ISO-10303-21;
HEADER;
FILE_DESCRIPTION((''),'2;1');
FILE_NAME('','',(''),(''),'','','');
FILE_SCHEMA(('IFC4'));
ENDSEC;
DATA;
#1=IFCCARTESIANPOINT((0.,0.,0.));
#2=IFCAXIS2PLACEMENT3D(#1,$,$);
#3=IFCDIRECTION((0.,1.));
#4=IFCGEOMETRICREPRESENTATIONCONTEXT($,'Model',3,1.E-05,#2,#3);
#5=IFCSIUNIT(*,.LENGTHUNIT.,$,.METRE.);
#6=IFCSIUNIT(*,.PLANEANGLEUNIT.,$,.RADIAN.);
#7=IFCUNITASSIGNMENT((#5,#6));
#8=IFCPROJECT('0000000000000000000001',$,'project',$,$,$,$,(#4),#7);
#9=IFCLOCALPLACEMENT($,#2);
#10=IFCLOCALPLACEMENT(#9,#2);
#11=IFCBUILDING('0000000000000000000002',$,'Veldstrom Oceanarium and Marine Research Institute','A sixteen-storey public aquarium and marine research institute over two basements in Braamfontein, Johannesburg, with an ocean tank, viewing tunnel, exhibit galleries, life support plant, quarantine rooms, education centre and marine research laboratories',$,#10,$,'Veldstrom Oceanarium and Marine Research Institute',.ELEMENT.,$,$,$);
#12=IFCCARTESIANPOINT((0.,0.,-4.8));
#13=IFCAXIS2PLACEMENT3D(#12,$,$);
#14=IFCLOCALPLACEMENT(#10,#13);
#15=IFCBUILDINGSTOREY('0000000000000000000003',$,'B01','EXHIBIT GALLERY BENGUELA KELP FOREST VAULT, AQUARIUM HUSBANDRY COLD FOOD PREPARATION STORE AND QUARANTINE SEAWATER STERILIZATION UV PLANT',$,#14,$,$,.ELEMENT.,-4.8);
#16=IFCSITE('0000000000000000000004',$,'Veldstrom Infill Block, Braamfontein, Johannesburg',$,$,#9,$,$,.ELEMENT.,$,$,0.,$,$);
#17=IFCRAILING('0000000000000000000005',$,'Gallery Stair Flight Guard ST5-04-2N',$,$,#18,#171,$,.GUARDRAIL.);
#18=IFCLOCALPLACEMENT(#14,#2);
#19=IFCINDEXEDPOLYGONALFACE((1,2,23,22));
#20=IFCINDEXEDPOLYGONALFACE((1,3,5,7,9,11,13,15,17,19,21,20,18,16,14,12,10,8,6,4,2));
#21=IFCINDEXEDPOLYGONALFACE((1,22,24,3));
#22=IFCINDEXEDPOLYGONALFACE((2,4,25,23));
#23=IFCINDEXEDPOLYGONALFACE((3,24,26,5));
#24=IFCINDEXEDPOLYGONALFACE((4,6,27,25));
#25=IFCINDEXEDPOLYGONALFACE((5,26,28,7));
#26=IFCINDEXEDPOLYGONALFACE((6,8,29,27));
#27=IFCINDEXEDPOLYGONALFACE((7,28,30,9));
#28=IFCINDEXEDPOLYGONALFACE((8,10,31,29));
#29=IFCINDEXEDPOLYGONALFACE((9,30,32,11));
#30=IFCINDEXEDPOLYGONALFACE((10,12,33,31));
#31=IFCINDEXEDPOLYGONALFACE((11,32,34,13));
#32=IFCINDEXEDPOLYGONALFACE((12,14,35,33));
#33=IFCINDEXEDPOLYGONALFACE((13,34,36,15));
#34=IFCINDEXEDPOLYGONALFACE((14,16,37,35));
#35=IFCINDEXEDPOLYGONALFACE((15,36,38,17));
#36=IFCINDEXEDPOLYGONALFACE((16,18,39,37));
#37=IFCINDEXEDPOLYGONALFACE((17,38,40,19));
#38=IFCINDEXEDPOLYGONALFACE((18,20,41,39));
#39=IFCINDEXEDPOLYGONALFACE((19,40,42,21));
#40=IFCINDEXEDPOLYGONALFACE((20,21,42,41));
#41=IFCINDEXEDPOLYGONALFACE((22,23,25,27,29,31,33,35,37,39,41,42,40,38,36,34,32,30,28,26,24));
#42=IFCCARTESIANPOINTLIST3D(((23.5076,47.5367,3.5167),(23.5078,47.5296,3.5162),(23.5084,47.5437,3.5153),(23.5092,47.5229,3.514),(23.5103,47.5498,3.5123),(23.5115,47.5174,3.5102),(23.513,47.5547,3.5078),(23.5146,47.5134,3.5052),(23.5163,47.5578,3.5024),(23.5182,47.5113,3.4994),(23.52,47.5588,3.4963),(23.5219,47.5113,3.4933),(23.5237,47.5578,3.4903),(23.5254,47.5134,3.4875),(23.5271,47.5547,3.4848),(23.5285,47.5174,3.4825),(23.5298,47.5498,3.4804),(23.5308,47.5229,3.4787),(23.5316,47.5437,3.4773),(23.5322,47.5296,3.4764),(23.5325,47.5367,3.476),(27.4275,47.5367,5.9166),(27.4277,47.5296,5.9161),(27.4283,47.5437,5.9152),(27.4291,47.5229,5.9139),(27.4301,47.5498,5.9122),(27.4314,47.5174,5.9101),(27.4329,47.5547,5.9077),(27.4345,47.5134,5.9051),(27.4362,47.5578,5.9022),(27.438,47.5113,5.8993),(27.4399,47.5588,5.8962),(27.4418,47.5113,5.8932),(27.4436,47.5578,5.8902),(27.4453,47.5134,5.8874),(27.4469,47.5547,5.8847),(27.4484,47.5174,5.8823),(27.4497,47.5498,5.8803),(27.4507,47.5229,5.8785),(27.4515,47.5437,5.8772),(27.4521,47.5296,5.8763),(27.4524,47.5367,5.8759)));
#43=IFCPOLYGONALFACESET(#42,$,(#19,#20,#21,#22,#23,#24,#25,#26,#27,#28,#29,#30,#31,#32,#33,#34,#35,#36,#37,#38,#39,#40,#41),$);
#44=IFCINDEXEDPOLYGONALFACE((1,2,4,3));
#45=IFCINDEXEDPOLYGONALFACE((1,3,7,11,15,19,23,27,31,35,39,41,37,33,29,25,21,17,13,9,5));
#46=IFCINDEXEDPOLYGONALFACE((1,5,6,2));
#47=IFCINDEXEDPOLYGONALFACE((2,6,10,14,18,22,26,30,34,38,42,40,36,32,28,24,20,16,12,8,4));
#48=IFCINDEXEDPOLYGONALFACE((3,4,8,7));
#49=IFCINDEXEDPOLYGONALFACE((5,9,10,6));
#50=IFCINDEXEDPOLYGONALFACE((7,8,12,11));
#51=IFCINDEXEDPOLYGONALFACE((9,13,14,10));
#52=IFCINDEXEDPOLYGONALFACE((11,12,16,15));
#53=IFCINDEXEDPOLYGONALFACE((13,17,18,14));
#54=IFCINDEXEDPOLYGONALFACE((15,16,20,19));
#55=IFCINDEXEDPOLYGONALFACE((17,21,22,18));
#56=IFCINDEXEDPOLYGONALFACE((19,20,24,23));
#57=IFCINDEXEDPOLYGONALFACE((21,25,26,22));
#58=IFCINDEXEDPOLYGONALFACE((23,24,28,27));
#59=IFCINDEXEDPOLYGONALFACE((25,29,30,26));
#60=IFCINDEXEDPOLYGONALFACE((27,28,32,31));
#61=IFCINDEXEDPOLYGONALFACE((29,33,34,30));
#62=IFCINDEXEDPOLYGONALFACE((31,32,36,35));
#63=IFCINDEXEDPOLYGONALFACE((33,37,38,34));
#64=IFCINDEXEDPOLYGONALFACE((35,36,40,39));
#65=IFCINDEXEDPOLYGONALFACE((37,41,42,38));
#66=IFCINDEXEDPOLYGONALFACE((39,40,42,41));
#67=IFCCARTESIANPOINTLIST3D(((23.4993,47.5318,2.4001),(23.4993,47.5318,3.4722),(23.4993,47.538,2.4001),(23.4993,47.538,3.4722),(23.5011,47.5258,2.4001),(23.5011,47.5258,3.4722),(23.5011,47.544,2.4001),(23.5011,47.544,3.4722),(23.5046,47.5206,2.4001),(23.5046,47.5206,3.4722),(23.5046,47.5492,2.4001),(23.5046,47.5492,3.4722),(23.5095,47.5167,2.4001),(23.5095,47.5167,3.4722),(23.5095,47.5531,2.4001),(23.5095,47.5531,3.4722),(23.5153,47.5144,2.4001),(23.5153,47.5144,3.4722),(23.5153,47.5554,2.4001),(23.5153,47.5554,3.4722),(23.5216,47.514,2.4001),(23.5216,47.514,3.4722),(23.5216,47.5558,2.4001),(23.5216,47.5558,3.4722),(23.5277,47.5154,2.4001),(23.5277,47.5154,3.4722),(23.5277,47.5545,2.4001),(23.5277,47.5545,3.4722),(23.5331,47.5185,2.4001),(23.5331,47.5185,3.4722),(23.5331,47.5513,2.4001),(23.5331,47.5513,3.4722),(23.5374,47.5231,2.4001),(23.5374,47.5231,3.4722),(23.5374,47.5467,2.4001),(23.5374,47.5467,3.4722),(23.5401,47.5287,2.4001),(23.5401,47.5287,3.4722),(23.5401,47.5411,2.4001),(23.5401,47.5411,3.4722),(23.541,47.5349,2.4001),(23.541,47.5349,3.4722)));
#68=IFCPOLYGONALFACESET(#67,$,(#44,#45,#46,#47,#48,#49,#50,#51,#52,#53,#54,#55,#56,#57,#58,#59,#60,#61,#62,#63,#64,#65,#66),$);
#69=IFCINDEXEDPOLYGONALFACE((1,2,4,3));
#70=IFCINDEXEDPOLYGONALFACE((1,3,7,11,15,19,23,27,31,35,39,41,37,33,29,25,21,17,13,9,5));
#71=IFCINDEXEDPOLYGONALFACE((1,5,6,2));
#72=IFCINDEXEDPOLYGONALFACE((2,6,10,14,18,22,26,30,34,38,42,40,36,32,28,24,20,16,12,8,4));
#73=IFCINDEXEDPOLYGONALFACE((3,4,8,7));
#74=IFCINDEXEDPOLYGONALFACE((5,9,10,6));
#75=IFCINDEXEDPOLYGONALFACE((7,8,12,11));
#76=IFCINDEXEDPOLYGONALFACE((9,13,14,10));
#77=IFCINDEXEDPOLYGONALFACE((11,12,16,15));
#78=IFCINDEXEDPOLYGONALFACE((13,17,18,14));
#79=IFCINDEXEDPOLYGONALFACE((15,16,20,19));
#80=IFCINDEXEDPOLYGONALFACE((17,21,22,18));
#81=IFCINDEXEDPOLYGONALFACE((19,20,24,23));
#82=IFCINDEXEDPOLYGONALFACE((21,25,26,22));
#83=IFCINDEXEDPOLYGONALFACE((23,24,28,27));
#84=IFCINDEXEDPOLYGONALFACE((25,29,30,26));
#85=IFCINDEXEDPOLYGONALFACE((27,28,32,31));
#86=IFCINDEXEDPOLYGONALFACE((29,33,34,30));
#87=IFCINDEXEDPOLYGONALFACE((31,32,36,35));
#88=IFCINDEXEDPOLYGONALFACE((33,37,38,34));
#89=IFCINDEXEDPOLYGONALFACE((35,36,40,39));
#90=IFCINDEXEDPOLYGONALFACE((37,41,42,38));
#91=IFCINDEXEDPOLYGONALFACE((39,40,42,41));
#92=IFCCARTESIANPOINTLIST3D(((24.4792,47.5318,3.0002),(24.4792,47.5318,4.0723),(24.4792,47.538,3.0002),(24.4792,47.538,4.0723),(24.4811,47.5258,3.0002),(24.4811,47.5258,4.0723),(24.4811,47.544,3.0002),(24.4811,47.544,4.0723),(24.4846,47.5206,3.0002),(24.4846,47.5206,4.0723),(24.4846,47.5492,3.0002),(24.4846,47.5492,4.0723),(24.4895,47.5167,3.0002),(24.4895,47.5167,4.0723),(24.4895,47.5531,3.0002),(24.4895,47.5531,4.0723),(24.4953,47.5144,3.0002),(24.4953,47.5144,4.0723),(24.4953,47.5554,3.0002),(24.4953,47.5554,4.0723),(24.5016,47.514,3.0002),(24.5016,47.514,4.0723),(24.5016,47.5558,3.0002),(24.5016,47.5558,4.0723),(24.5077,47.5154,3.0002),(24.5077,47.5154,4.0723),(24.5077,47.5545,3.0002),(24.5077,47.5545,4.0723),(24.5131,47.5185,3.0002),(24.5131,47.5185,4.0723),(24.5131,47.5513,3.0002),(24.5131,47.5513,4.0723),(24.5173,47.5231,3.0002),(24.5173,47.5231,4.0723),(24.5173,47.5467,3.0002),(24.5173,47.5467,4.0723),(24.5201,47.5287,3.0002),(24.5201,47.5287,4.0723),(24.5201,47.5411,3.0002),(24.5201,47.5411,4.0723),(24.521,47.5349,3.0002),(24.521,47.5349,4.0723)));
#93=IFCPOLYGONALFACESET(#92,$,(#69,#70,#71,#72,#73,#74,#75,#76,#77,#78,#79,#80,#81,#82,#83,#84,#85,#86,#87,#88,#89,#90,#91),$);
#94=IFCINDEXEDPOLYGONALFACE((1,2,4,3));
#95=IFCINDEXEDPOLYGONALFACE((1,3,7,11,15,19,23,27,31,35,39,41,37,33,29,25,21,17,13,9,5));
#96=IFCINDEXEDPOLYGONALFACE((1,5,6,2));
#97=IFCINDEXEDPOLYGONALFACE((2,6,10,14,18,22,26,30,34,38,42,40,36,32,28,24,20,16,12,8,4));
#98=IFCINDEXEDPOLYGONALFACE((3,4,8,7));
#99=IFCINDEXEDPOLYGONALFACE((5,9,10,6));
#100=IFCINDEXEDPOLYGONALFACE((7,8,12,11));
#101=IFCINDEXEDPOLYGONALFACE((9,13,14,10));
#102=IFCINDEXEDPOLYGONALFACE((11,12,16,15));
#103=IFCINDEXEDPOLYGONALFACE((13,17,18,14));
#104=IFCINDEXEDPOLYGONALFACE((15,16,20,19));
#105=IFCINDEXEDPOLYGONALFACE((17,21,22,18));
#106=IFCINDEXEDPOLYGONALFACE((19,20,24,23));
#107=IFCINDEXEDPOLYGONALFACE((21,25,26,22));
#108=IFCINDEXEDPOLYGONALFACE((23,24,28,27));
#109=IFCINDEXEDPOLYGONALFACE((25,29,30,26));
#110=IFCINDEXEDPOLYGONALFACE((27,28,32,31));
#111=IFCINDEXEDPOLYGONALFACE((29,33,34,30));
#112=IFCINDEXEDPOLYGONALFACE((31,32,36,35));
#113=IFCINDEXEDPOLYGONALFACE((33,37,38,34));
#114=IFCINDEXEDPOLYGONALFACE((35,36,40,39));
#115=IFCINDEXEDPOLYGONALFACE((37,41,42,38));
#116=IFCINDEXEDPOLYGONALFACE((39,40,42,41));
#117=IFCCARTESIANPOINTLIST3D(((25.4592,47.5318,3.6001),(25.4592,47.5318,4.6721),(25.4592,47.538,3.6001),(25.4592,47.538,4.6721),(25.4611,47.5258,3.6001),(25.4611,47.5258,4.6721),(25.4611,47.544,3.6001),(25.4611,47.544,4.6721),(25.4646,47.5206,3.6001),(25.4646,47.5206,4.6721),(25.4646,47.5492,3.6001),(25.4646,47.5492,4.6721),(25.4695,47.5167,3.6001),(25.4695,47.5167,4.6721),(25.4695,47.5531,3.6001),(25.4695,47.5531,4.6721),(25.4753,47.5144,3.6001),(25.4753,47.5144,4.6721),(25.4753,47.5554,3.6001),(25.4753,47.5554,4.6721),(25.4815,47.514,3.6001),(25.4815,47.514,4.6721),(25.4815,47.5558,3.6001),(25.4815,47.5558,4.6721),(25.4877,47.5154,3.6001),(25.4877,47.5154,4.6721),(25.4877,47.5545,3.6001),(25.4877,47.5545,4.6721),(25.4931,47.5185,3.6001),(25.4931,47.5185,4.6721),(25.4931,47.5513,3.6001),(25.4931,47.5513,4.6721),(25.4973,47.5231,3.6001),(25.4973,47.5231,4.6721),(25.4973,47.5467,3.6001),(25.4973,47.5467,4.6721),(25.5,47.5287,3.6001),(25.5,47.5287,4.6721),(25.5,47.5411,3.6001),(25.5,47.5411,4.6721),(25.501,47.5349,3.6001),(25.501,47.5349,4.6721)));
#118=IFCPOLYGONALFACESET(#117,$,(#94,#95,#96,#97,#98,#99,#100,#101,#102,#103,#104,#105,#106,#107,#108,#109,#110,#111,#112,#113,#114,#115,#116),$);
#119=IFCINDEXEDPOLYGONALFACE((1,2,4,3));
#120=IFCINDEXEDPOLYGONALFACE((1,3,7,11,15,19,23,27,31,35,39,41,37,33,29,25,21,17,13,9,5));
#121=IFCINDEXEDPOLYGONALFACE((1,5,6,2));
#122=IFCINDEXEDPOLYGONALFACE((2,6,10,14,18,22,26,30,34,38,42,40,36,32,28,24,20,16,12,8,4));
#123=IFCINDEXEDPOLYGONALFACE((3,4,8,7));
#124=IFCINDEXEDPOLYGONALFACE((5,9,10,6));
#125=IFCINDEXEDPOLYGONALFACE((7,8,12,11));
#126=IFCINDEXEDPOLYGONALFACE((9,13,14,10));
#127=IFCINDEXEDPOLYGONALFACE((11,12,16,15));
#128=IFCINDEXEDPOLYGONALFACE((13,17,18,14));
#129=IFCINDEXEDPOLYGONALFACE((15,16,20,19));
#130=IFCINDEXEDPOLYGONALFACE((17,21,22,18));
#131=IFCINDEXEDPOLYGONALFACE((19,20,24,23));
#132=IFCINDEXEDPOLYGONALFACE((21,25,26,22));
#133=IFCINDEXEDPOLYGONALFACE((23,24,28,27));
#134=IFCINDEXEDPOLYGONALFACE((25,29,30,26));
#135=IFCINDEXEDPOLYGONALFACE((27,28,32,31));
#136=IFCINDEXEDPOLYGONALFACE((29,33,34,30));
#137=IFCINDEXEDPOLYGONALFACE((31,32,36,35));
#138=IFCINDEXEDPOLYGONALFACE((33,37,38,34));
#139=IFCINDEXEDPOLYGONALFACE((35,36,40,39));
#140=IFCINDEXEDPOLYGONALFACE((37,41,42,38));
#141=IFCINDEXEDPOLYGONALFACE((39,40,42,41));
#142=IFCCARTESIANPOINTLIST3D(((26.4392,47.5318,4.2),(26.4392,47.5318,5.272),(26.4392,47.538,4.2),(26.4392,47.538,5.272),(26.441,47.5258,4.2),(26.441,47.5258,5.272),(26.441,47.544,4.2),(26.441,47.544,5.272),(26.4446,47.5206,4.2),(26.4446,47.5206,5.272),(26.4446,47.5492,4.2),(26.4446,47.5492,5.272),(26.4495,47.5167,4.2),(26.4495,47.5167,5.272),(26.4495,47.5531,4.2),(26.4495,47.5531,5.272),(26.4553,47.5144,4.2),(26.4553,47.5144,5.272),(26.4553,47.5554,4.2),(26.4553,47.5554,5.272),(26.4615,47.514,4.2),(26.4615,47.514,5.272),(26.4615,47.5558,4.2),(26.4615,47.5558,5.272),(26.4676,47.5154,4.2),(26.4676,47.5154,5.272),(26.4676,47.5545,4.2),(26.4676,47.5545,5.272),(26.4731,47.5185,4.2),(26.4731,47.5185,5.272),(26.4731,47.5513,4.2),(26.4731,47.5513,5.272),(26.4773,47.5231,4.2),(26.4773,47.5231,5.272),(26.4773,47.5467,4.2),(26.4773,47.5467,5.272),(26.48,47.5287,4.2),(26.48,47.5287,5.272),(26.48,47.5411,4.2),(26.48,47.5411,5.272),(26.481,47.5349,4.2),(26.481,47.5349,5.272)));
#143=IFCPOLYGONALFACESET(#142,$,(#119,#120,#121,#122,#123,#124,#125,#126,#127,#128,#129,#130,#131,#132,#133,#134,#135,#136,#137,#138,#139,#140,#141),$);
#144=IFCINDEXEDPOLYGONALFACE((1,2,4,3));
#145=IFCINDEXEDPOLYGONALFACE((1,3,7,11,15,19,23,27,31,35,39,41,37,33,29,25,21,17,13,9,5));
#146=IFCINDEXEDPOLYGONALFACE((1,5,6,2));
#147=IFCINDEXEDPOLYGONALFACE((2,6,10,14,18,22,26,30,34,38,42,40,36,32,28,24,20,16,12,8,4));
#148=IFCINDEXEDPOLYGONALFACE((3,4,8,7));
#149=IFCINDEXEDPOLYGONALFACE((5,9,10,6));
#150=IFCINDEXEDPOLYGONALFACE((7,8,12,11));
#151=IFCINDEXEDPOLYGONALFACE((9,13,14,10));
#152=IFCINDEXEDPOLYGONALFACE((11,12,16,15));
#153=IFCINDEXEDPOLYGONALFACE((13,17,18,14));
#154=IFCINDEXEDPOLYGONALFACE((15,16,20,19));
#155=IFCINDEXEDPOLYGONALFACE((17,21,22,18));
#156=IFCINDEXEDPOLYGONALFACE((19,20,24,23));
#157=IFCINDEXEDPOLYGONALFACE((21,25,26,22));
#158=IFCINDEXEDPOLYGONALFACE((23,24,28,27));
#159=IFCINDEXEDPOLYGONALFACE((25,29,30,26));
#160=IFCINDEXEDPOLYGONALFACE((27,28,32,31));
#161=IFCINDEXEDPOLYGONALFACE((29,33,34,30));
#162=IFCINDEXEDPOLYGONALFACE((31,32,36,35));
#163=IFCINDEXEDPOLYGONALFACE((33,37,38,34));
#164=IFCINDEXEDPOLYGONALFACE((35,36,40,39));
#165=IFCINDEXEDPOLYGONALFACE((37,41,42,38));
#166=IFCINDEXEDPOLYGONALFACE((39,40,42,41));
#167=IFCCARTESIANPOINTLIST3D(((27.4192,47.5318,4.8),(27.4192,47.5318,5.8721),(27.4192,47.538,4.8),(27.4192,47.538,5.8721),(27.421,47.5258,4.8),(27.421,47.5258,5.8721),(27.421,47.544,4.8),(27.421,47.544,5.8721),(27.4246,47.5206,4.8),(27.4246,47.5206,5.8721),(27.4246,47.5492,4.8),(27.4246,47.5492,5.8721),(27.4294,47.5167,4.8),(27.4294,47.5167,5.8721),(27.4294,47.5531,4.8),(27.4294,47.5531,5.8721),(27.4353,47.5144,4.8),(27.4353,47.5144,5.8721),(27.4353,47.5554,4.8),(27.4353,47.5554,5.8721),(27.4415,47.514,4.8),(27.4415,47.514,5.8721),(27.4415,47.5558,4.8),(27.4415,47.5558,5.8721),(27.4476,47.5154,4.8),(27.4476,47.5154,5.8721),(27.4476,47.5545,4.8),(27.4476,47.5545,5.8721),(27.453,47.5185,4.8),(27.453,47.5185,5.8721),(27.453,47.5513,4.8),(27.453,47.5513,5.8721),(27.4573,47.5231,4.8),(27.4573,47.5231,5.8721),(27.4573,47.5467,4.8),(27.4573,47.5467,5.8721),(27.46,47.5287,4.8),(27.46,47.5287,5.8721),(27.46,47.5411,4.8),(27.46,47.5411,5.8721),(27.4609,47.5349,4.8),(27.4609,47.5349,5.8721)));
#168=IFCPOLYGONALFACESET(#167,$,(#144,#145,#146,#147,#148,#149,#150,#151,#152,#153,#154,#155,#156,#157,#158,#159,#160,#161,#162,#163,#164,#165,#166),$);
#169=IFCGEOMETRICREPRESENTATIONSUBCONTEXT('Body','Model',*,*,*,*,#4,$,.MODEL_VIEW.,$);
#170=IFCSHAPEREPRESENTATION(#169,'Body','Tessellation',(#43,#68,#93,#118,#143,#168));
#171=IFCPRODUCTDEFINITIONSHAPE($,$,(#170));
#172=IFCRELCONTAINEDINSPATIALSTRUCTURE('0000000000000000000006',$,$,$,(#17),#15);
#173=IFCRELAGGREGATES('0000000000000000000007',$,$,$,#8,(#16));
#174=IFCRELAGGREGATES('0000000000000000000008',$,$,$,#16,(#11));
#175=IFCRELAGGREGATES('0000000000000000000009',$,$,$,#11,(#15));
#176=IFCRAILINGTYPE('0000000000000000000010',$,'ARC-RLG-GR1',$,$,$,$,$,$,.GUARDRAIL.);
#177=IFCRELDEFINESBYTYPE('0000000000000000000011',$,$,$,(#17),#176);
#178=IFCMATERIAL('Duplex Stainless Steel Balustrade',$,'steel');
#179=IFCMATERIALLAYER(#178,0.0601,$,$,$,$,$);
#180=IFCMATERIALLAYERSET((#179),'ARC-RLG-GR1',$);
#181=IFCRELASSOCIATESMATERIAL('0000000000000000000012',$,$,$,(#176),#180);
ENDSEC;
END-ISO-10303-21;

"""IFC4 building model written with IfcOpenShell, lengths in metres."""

from ifc_helpers import new_model, si_unit, direction, frame, origin, origin_2d, place, context, subcontext, project, spatial, circle, extrude, material, layer, layer_set, type_object, element, save


model = new_model("IFC4")

# Units and contexts
model_context = context("Model", 3, precision=1e-05, world=origin(), true_north=direction((0.0, 1.0)))
body_context = subcontext(model_context, "Body", "Model", "MODEL_VIEW")
ifc_project = project(units=[si_unit("LENGTHUNIT", "METRE"), si_unit("PLANEANGLEUNIT", "RADIAN")], contexts=[model_context])

# Site, building, storey
site_placement = place(None, origin())
site = spatial("IfcSite", under=ifc_project, at=site_placement, Name="Veldstrom Infill Block, Braamfontein, Johannesburg", CompositionType="ELEMENT", RefElevation=0.0)
building_placement = place(site_placement, origin())
building = spatial("IfcBuilding", under=site, at=building_placement, Name="Veldstrom Oceanarium and Marine Research Institute", Description="A sixteen-storey public aquarium and marine research institute over two basements in Braamfontein, Johannesburg, with an ocean tank, viewing tunnel, exhibit galleries, life support plant, quarantine rooms, education centre and marine research laboratories", LongName="Veldstrom Oceanarium and Marine Research Institute", CompositionType="ELEMENT")
storey_placement = place(building_placement, frame((0.0, 0.0, -4.8)))
storey = spatial("IfcBuildingStorey", under=building, at=storey_placement, Name="B01", Description="EXHIBIT GALLERY BENGUELA KELP FOREST VAULT, AQUARIUM HUSBANDRY COLD FOOD PREPARATION STORE AND QUARANTINE SEAWATER STERILIZATION UV PLANT", CompositionType="ELEMENT", Elevation=-4.8)

# Railing
ifc_material_1 = material(Name="Duplex Stainless Steel Balustrade", Category="steel")
ifc_layer_1 = layer(ifc_material_1, 0.0601)
ifc_layer_set_1 = layer_set([ifc_layer_1], Name="ARC-RLG-GR1")
railing_type = type_object("IfcRailingType", Name="ARC-RLG-GR1", PredefinedType="GUARDRAIL", material=ifc_layer_set_1)
railing_1_placement = place(storey_placement, frame((23.52, 47.5349, 2.4001)))
element("IfcRailing", 1, at=railing_1_placement, inside=storey, type_object=railing_type, Name="Gallery Stair Flight Guard ST5-04-2N", PredefinedType="GUARDRAIL", context=body_context, shape_type="SweptSolid", body=[
    extrude(circle(Radius=0.0239, at=origin_2d()), frame((0.0, 0.0, 1.0962), z_axis=(0.852856, 0.0, 0.522146), x_axis=(0.0, 1.0, 0.0)), (0.0, 0.0, 1.0), 4.5962),
    extrude(circle(Radius=0.021, at=origin_2d()), origin(), (0.0, 0.0, 1.0), 1.072),
    extrude(circle(Radius=0.021, at=origin_2d()), frame((0.98, 0.0, 0.6001)), (0.0, 0.0, 1.0), 1.072),
    extrude(circle(Radius=0.021, at=origin_2d()), frame((1.96, 0.0, 1.2)), (0.0, 0.0, 1.0), 1.072),
    extrude(circle(Radius=0.021, at=origin_2d()), frame((2.9399, 0.0, 1.7998)), (0.0, 0.0, 1.0), 1.072),
    extrude(circle(Radius=0.021, at=origin_2d()), frame((3.9199, 0.0, 2.3999)), (0.0, 0.0, 1.0), 1.072),
])

save(model, "model.ifc")
